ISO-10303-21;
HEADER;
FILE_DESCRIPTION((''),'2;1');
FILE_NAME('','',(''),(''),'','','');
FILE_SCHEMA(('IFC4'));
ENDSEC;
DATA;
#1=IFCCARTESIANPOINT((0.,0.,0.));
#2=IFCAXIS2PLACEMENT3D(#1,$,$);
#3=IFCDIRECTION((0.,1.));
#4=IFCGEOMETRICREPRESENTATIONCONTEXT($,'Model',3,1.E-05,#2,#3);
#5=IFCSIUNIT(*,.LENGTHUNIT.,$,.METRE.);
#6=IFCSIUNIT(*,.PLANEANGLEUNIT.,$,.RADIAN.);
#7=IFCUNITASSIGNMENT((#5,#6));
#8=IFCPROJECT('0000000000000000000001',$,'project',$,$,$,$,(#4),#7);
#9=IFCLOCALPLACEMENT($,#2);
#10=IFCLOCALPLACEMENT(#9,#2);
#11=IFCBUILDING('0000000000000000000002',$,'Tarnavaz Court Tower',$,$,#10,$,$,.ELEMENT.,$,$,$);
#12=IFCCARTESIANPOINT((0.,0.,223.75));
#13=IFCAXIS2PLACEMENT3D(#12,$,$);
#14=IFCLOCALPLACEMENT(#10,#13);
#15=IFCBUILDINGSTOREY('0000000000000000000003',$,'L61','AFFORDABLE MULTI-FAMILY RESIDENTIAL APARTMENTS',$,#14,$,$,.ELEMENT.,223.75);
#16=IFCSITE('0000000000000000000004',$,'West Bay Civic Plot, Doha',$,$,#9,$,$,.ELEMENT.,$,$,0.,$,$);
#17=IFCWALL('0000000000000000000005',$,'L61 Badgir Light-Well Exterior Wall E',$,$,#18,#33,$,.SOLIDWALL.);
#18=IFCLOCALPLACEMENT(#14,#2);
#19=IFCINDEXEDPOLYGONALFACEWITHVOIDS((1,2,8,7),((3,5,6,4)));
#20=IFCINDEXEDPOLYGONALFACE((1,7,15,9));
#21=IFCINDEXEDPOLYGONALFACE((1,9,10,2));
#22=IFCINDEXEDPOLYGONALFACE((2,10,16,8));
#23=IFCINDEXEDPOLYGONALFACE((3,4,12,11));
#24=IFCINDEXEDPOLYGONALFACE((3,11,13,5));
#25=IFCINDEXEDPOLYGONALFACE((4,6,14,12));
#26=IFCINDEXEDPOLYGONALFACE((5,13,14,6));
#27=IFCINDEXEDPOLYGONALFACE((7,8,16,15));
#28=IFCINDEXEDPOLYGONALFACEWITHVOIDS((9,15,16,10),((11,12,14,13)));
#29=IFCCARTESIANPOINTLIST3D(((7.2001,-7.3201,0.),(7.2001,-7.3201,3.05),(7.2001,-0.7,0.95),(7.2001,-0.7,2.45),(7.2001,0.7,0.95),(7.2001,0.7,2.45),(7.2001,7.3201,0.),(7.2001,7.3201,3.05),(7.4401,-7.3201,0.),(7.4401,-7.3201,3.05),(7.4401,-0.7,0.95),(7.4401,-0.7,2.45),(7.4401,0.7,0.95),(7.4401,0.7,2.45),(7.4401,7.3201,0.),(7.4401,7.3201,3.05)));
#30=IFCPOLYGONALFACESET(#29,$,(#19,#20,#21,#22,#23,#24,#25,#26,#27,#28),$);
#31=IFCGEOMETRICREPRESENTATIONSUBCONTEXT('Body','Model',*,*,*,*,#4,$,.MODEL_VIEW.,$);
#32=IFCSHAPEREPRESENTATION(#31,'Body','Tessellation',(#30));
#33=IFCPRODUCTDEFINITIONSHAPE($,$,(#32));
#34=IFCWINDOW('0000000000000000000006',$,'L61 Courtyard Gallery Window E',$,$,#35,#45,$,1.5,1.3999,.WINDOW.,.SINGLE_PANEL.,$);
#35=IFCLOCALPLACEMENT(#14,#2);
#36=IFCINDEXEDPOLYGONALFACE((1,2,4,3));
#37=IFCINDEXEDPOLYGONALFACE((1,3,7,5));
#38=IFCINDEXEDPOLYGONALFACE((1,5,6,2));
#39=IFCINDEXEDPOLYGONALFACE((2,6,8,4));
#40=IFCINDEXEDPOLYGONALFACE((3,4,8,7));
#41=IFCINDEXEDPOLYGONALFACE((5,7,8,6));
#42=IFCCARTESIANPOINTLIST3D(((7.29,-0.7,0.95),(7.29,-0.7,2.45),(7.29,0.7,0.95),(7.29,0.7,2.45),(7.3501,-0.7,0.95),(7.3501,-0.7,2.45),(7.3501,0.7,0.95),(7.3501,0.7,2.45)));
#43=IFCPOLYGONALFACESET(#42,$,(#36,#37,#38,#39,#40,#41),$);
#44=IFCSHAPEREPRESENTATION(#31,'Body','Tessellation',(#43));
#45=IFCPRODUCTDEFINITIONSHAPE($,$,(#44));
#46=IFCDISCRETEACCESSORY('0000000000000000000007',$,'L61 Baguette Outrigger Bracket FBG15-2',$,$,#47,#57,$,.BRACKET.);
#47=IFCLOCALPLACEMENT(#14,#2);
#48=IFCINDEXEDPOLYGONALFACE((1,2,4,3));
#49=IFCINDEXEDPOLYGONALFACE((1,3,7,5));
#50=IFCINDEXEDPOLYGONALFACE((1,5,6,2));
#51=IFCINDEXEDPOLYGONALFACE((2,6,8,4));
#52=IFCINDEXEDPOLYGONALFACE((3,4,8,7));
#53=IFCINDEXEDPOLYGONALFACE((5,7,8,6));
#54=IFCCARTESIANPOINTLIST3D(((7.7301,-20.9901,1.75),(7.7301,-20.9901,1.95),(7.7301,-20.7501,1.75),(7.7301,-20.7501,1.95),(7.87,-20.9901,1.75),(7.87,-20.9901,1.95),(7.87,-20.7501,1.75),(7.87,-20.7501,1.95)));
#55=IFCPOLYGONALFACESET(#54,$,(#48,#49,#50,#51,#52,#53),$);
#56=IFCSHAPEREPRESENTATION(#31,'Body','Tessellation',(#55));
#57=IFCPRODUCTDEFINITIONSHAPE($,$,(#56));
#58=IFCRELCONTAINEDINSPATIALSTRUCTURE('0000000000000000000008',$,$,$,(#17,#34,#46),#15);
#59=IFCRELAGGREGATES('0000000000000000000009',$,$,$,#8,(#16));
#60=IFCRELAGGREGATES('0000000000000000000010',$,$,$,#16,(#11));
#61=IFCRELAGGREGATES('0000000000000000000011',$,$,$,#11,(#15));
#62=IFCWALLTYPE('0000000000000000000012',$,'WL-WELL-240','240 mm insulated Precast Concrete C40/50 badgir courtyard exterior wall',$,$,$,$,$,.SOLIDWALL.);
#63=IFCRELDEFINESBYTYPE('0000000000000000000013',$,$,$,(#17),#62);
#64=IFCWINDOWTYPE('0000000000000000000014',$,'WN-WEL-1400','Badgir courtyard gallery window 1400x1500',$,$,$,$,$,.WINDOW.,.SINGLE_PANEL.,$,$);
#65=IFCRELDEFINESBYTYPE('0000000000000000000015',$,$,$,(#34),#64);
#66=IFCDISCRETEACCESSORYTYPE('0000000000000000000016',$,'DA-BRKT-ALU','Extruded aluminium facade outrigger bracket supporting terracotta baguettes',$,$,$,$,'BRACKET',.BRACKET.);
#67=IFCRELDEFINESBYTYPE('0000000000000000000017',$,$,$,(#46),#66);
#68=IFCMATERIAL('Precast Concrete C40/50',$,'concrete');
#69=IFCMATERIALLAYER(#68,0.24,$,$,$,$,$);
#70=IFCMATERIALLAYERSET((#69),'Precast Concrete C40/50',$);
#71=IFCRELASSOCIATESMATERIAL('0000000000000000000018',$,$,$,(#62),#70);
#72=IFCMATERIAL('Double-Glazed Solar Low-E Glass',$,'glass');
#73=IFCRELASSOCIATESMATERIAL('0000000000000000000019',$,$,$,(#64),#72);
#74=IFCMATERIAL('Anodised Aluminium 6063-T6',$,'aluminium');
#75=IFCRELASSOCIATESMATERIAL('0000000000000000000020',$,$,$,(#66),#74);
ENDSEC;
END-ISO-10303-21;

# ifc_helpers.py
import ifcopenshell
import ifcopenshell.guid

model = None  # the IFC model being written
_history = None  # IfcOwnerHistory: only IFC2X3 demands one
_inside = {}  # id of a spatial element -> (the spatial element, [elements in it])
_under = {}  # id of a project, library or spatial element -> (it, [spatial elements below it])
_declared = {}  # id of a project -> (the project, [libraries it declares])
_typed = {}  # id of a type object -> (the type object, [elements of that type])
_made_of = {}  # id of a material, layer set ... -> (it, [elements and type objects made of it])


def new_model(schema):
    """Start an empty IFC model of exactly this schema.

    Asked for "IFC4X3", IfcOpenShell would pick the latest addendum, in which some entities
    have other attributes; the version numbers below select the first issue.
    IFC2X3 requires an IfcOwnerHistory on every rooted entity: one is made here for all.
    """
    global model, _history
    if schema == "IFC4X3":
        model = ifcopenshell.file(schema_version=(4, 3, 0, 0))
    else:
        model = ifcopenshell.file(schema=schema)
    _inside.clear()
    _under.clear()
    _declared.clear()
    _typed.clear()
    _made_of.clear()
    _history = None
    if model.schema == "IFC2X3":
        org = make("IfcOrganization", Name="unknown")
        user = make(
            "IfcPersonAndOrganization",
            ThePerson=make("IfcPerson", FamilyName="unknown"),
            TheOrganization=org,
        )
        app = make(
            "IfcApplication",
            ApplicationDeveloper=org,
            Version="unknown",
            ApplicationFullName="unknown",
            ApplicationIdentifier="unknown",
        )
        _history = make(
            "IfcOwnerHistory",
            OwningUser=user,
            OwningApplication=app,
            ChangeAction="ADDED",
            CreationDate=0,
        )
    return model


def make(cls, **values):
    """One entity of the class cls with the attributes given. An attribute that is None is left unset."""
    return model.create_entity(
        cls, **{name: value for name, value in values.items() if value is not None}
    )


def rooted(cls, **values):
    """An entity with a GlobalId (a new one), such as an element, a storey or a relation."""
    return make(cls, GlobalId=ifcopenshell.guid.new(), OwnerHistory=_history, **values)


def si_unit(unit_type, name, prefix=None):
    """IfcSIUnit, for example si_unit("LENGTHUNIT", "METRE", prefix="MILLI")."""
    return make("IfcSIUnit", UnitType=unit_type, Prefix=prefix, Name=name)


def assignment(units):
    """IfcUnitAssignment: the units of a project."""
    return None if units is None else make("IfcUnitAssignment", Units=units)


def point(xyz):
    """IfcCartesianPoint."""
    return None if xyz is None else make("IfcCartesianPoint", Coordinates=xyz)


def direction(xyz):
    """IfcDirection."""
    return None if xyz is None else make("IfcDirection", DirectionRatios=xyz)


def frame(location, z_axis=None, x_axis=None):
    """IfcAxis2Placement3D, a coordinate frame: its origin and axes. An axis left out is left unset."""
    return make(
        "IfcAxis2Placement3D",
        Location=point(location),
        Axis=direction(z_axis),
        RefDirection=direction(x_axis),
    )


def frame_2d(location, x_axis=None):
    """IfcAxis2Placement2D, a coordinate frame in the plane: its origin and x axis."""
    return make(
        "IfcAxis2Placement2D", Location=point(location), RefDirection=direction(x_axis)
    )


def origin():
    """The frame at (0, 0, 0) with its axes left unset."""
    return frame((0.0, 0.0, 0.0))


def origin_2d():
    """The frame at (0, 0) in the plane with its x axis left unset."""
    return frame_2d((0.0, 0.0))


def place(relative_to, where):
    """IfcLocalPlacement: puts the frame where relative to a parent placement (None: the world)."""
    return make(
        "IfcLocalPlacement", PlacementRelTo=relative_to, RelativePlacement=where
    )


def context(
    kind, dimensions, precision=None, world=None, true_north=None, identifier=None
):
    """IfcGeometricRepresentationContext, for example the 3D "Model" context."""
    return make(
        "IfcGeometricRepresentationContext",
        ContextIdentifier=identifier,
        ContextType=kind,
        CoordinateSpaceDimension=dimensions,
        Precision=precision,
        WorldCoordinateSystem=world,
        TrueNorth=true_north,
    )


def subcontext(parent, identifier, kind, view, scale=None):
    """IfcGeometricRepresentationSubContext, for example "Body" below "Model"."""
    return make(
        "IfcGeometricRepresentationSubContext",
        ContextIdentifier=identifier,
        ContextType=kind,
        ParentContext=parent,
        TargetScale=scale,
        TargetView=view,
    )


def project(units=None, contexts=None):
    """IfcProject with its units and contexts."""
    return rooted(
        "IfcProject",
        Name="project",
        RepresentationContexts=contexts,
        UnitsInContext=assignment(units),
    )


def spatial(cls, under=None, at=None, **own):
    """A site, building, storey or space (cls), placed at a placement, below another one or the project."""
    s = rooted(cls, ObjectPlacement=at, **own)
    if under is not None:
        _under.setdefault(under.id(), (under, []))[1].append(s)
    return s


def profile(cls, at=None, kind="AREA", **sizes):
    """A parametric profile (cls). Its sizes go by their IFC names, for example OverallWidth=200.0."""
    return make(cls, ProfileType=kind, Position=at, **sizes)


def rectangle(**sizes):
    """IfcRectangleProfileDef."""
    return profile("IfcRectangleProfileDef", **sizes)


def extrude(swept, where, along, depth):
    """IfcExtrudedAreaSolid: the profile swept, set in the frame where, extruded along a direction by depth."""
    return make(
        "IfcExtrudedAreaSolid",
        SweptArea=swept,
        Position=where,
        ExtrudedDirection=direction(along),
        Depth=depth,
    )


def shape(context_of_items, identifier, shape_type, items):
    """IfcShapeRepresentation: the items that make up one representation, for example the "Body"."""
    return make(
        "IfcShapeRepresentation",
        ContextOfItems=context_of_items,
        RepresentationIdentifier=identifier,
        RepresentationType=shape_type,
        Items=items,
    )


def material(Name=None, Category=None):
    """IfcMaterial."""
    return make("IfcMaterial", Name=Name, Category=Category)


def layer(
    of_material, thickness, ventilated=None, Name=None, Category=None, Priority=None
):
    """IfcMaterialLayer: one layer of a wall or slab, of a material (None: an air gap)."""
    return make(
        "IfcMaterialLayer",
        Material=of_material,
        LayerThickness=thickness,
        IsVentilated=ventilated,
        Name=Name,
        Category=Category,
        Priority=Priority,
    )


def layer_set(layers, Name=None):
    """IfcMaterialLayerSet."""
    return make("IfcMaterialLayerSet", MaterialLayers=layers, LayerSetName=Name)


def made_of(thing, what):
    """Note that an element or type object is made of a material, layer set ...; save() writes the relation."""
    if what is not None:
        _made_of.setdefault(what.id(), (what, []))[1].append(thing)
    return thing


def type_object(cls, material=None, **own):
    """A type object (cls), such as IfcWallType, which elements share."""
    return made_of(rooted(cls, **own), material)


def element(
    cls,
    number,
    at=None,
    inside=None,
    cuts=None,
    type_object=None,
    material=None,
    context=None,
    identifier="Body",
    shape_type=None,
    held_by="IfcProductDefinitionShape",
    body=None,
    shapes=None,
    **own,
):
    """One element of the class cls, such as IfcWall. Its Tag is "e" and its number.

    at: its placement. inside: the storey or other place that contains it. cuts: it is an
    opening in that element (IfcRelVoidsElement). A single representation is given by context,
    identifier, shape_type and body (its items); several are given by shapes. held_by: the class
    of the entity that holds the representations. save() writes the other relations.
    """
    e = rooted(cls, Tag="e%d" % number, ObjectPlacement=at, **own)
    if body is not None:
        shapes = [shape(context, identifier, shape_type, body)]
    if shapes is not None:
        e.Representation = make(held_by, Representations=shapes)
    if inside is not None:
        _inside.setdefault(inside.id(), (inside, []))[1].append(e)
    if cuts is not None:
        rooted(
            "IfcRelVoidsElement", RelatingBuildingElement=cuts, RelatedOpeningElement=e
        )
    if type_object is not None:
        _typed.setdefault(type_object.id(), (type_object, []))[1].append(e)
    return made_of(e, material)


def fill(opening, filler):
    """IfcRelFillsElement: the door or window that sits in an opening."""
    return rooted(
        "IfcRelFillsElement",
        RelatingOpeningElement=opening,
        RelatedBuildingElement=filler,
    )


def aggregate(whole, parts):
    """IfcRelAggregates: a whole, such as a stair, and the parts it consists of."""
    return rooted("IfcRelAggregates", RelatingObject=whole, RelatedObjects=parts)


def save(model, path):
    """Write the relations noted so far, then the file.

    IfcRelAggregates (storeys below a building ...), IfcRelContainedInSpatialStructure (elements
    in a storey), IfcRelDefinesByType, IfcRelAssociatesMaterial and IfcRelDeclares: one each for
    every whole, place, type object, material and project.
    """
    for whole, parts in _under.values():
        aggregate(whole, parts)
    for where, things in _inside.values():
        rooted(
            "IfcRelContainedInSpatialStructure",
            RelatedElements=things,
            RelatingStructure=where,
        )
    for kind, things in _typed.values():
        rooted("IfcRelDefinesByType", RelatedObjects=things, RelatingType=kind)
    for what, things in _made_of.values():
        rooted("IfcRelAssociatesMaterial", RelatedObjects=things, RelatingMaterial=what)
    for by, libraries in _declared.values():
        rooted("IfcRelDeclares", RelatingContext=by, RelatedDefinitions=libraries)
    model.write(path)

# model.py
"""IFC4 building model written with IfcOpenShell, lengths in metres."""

from ifc_helpers import new_model, si_unit, direction, frame, frame_2d, origin, origin_2d, place, context, subcontext, project, spatial, rectangle, extrude, material, layer, layer_set, type_object, element, fill, save


model = new_model("IFC4")

# Units and contexts
model_context = context("Model", 3, precision=1e-05, world=origin(), true_north=direction((0.0, 1.0)))
body_context = subcontext(model_context, "Body", "Model", "MODEL_VIEW")
ifc_project = project(units=[si_unit("LENGTHUNIT", "METRE"), si_unit("PLANEANGLEUNIT", "RADIAN")], contexts=[model_context])

# Site, building, storey
site_placement = place(None, origin())
site = spatial("IfcSite", under=ifc_project, at=site_placement, Name="West Bay Civic Plot, Doha", CompositionType="ELEMENT", RefElevation=0.0)
building_placement = place(site_placement, origin())
building = spatial("IfcBuilding", under=site, at=building_placement, Name="Tarnavaz Court Tower", CompositionType="ELEMENT")
storey_placement = place(building_placement, frame((0.0, 0.0, 223.75)))
storey = spatial("IfcBuildingStorey", under=building, at=storey_placement, Name="L61", Description="AFFORDABLE MULTI-FAMILY RESIDENTIAL APARTMENTS", CompositionType="ELEMENT", Elevation=223.75)

# Shared definitions
ifc_material_1 = material(Name="Precast Concrete C40/50", Category="concrete")

# Wall, opening, window
ifc_layer_1 = layer(ifc_material_1, 0.24)
ifc_layer_set_1 = layer_set([ifc_layer_1], Name="Precast Concrete C40/50")
wall_type_1 = type_object("IfcWallType", Name="WL-WELL-240", Description="240 mm insulated Precast Concrete C40/50 badgir courtyard exterior wall", PredefinedType="SOLIDWALL", material=ifc_layer_set_1)
wall_1_placement = place(storey_placement, frame((7.3201, -7.3201, 0.0), z_axis=(0.0, 0.0, 1.0), x_axis=(0.0, 1.0, 0.0)))
wall_1 = element("IfcWall", 1, at=wall_1_placement, inside=storey, type_object=wall_type_1, Name="L61 Badgir Light-Well Exterior Wall E", PredefinedType="SOLIDWALL", context=body_context, shape_type="SweptSolid", body=[
    extrude(rectangle(XDim=14.6401, YDim=0.24, at=frame_2d((7.3201, 0.0))), origin(), (0.0, 0.0, 1.0), 3.05),
])
opening_1_placement = place(wall_1_placement, frame((6.6201, 0.0, 0.95)))
opening_1 = element("IfcOpeningElement", 2, at=opening_1_placement, cuts=wall_1, PredefinedType="OPENING", context=body_context, shape_type="SweptSolid", body=[
    extrude(rectangle(XDim=1.3999, YDim=1.5, at=frame_2d((0.7, 0.75))), frame((0.0, 0.1299, 0.0), z_axis=(0.0, -1.0, 0.0), x_axis=(1.0, 0.0, 0.0)), (0.0, 0.0, 1.0), 0.26),
])
ifc_material_2 = material(Name="Double-Glazed Solar Low-E Glass", Category="glass")
window_type = type_object("IfcWindowType", Name="WN-WEL-1400", Description="Badgir courtyard gallery window 1400x1500", PartitioningType="SINGLE_PANEL", PredefinedType="WINDOW", material=ifc_material_2)
window_placement = place(opening_1_placement, origin())
window = element("IfcWindow", 3, at=window_placement, inside=storey, type_object=window_type, Name="L61 Courtyard Gallery Window E", OverallHeight=1.5, OverallWidth=1.3999, PartitioningType="SINGLE_PANEL", PredefinedType="WINDOW", context=body_context, shape_type="SweptSolid", body=[
    extrude(rectangle(XDim=1.3999, YDim=1.5, at=frame_2d((0.7, 0.75))), frame((0.0, 0.03, 0.0), z_axis=(0.0, -1.0, 0.0), x_axis=(1.0, 0.0, 0.0)), (0.0, 0.0, 1.0), 0.0601),
])
fill(opening_1, window)

# Discrete accessory
ifc_material_3 = material(Name="Anodised Aluminium 6063-T6", Category="aluminium")
discrete_accessory_type = type_object("IfcDiscreteAccessoryType", Name="DA-BRKT-ALU", Description="Extruded aluminium facade outrigger bracket supporting terracotta baguettes", ElementType="BRACKET", PredefinedType="BRACKET", material=ifc_material_3)
discrete_accessory_placement = place(storey_placement, frame((7.8, -20.8701, 1.75), z_axis=(0.0, 0.0, 1.0), x_axis=(-1.0, 0.0, 0.0)))
element("IfcDiscreteAccessory", 4, at=discrete_accessory_placement, inside=storey, type_object=discrete_accessory_type, Name="L61 Baguette Outrigger Bracket FBG15-2", PredefinedType="BRACKET", context=body_context, shape_type="SweptSolid", body=[
    extrude(rectangle(XDim=0.1399, YDim=0.24, at=origin_2d()), origin(), (0.0, 0.0, 1.0), 0.2),
])

save(model, "model.ifc")
